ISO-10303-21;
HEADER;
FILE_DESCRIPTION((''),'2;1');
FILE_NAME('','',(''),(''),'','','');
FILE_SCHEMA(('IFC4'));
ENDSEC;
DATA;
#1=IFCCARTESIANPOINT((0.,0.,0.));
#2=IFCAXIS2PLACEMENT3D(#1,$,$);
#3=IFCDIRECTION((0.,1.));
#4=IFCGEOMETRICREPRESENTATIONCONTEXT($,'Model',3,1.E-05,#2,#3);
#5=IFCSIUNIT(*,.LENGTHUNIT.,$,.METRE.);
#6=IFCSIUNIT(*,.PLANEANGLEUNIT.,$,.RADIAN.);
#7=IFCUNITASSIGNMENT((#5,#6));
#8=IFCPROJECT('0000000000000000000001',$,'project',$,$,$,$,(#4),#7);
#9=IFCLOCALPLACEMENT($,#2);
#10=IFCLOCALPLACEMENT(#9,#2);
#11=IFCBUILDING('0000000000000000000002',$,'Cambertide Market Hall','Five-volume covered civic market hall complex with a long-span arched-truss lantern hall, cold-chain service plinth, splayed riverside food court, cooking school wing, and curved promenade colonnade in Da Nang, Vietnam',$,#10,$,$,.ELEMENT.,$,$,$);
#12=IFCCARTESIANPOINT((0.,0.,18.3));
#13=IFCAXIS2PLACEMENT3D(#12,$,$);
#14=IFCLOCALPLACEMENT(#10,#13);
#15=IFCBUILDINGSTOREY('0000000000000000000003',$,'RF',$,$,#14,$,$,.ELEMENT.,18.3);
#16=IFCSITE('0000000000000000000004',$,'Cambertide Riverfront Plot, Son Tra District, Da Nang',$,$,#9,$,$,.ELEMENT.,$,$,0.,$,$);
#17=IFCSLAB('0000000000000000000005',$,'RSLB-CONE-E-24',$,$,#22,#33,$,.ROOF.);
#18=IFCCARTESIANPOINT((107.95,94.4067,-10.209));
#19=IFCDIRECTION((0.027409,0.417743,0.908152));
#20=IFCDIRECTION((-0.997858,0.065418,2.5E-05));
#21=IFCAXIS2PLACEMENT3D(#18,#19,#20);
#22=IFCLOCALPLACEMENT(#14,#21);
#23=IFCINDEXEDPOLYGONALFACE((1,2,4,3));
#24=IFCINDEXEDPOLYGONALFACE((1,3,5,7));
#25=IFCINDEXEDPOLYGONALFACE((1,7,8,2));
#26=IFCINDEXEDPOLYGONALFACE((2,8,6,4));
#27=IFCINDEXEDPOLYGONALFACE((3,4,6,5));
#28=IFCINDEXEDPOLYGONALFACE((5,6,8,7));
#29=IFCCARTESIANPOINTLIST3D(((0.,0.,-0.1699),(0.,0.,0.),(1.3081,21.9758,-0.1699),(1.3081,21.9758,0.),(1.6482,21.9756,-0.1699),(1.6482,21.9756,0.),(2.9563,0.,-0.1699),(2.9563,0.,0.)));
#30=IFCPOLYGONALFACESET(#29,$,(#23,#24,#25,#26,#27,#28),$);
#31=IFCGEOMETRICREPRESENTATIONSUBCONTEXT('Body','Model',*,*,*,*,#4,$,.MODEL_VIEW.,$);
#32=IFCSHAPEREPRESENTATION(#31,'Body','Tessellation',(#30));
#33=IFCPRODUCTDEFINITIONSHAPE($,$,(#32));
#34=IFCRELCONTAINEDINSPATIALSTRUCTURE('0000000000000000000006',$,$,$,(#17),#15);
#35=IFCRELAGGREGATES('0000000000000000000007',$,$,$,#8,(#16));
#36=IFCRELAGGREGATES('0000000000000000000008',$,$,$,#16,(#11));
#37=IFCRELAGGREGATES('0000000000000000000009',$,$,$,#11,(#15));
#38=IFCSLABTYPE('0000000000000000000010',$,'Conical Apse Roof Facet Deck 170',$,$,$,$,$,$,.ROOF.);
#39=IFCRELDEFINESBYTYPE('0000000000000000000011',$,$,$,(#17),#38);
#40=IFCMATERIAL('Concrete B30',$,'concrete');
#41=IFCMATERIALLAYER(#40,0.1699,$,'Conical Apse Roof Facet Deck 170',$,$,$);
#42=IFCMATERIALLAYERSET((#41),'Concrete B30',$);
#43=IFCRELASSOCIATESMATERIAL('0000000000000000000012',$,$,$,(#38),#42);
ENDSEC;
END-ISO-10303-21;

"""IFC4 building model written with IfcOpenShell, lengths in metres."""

from ifc_helpers import new_model, si_unit, direction, frame, origin, place, context, subcontext, project, spatial, polyline, outline, extrude, material, layer, layer_set, type_object, element, save


model = new_model("IFC4")

# Units and contexts
model_context = context("Model", 3, precision=1e-05, world=origin(), true_north=direction((0.0, 1.0)))
body_context = subcontext(model_context, "Body", "Model", "MODEL_VIEW")
ifc_project = project(units=[si_unit("LENGTHUNIT", "METRE"), si_unit("PLANEANGLEUNIT", "RADIAN")], contexts=[model_context])

# Site, building, storey
site_placement = place(None, origin())
site = spatial("IfcSite", under=ifc_project, at=site_placement, Name="Cambertide Riverfront Plot, Son Tra District, Da Nang", CompositionType="ELEMENT", RefElevation=0.0)
building_placement = place(site_placement, origin())
building = spatial("IfcBuilding", under=site, at=building_placement, Name="Cambertide Market Hall", Description="Five-volume covered civic market hall complex with a long-span arched-truss lantern hall, cold-chain service plinth, splayed riverside food court, cooking school wing, and curved promenade colonnade in Da Nang, Vietnam", CompositionType="ELEMENT")
storey_placement = place(building_placement, frame((0.0, 0.0, 18.3)))
storey = spatial("IfcBuildingStorey", under=building, at=storey_placement, Name="RF", CompositionType="ELEMENT", Elevation=18.3)

# Slab
ifc_material_1 = material(Name="Concrete B30", Category="concrete")
ifc_layer_1 = layer(ifc_material_1, 0.1699, Name="Conical Apse Roof Facet Deck 170")
ifc_layer_set_1 = layer_set([ifc_layer_1], Name="Concrete B30")
slab_type_1 = type_object("IfcSlabType", Name="Conical Apse Roof Facet Deck 170", PredefinedType="ROOF", material=ifc_layer_set_1)
slab_1_placement = place(storey_placement, frame((107.95, 94.4067, -10.209), z_axis=(0.027409, 0.417743, 0.908152), x_axis=(-0.997858, 0.065418, 0.000025)))
element("IfcSlab", 1, at=slab_1_placement, inside=storey, type_object=slab_type_1, Name="RSLB-CONE-E-24", PredefinedType="ROOF", context=body_context, shape_type="SweptSolid", body=[
    extrude(outline(polyline([(0.0, 0.0), (2.9563, 0.0), (1.6482, 21.9756), (1.3081, 21.9758), (0.0, 0.0)])), origin(), (0.0, 0.0, -1.0), 0.1699),
])

save(model, "model.ifc")
